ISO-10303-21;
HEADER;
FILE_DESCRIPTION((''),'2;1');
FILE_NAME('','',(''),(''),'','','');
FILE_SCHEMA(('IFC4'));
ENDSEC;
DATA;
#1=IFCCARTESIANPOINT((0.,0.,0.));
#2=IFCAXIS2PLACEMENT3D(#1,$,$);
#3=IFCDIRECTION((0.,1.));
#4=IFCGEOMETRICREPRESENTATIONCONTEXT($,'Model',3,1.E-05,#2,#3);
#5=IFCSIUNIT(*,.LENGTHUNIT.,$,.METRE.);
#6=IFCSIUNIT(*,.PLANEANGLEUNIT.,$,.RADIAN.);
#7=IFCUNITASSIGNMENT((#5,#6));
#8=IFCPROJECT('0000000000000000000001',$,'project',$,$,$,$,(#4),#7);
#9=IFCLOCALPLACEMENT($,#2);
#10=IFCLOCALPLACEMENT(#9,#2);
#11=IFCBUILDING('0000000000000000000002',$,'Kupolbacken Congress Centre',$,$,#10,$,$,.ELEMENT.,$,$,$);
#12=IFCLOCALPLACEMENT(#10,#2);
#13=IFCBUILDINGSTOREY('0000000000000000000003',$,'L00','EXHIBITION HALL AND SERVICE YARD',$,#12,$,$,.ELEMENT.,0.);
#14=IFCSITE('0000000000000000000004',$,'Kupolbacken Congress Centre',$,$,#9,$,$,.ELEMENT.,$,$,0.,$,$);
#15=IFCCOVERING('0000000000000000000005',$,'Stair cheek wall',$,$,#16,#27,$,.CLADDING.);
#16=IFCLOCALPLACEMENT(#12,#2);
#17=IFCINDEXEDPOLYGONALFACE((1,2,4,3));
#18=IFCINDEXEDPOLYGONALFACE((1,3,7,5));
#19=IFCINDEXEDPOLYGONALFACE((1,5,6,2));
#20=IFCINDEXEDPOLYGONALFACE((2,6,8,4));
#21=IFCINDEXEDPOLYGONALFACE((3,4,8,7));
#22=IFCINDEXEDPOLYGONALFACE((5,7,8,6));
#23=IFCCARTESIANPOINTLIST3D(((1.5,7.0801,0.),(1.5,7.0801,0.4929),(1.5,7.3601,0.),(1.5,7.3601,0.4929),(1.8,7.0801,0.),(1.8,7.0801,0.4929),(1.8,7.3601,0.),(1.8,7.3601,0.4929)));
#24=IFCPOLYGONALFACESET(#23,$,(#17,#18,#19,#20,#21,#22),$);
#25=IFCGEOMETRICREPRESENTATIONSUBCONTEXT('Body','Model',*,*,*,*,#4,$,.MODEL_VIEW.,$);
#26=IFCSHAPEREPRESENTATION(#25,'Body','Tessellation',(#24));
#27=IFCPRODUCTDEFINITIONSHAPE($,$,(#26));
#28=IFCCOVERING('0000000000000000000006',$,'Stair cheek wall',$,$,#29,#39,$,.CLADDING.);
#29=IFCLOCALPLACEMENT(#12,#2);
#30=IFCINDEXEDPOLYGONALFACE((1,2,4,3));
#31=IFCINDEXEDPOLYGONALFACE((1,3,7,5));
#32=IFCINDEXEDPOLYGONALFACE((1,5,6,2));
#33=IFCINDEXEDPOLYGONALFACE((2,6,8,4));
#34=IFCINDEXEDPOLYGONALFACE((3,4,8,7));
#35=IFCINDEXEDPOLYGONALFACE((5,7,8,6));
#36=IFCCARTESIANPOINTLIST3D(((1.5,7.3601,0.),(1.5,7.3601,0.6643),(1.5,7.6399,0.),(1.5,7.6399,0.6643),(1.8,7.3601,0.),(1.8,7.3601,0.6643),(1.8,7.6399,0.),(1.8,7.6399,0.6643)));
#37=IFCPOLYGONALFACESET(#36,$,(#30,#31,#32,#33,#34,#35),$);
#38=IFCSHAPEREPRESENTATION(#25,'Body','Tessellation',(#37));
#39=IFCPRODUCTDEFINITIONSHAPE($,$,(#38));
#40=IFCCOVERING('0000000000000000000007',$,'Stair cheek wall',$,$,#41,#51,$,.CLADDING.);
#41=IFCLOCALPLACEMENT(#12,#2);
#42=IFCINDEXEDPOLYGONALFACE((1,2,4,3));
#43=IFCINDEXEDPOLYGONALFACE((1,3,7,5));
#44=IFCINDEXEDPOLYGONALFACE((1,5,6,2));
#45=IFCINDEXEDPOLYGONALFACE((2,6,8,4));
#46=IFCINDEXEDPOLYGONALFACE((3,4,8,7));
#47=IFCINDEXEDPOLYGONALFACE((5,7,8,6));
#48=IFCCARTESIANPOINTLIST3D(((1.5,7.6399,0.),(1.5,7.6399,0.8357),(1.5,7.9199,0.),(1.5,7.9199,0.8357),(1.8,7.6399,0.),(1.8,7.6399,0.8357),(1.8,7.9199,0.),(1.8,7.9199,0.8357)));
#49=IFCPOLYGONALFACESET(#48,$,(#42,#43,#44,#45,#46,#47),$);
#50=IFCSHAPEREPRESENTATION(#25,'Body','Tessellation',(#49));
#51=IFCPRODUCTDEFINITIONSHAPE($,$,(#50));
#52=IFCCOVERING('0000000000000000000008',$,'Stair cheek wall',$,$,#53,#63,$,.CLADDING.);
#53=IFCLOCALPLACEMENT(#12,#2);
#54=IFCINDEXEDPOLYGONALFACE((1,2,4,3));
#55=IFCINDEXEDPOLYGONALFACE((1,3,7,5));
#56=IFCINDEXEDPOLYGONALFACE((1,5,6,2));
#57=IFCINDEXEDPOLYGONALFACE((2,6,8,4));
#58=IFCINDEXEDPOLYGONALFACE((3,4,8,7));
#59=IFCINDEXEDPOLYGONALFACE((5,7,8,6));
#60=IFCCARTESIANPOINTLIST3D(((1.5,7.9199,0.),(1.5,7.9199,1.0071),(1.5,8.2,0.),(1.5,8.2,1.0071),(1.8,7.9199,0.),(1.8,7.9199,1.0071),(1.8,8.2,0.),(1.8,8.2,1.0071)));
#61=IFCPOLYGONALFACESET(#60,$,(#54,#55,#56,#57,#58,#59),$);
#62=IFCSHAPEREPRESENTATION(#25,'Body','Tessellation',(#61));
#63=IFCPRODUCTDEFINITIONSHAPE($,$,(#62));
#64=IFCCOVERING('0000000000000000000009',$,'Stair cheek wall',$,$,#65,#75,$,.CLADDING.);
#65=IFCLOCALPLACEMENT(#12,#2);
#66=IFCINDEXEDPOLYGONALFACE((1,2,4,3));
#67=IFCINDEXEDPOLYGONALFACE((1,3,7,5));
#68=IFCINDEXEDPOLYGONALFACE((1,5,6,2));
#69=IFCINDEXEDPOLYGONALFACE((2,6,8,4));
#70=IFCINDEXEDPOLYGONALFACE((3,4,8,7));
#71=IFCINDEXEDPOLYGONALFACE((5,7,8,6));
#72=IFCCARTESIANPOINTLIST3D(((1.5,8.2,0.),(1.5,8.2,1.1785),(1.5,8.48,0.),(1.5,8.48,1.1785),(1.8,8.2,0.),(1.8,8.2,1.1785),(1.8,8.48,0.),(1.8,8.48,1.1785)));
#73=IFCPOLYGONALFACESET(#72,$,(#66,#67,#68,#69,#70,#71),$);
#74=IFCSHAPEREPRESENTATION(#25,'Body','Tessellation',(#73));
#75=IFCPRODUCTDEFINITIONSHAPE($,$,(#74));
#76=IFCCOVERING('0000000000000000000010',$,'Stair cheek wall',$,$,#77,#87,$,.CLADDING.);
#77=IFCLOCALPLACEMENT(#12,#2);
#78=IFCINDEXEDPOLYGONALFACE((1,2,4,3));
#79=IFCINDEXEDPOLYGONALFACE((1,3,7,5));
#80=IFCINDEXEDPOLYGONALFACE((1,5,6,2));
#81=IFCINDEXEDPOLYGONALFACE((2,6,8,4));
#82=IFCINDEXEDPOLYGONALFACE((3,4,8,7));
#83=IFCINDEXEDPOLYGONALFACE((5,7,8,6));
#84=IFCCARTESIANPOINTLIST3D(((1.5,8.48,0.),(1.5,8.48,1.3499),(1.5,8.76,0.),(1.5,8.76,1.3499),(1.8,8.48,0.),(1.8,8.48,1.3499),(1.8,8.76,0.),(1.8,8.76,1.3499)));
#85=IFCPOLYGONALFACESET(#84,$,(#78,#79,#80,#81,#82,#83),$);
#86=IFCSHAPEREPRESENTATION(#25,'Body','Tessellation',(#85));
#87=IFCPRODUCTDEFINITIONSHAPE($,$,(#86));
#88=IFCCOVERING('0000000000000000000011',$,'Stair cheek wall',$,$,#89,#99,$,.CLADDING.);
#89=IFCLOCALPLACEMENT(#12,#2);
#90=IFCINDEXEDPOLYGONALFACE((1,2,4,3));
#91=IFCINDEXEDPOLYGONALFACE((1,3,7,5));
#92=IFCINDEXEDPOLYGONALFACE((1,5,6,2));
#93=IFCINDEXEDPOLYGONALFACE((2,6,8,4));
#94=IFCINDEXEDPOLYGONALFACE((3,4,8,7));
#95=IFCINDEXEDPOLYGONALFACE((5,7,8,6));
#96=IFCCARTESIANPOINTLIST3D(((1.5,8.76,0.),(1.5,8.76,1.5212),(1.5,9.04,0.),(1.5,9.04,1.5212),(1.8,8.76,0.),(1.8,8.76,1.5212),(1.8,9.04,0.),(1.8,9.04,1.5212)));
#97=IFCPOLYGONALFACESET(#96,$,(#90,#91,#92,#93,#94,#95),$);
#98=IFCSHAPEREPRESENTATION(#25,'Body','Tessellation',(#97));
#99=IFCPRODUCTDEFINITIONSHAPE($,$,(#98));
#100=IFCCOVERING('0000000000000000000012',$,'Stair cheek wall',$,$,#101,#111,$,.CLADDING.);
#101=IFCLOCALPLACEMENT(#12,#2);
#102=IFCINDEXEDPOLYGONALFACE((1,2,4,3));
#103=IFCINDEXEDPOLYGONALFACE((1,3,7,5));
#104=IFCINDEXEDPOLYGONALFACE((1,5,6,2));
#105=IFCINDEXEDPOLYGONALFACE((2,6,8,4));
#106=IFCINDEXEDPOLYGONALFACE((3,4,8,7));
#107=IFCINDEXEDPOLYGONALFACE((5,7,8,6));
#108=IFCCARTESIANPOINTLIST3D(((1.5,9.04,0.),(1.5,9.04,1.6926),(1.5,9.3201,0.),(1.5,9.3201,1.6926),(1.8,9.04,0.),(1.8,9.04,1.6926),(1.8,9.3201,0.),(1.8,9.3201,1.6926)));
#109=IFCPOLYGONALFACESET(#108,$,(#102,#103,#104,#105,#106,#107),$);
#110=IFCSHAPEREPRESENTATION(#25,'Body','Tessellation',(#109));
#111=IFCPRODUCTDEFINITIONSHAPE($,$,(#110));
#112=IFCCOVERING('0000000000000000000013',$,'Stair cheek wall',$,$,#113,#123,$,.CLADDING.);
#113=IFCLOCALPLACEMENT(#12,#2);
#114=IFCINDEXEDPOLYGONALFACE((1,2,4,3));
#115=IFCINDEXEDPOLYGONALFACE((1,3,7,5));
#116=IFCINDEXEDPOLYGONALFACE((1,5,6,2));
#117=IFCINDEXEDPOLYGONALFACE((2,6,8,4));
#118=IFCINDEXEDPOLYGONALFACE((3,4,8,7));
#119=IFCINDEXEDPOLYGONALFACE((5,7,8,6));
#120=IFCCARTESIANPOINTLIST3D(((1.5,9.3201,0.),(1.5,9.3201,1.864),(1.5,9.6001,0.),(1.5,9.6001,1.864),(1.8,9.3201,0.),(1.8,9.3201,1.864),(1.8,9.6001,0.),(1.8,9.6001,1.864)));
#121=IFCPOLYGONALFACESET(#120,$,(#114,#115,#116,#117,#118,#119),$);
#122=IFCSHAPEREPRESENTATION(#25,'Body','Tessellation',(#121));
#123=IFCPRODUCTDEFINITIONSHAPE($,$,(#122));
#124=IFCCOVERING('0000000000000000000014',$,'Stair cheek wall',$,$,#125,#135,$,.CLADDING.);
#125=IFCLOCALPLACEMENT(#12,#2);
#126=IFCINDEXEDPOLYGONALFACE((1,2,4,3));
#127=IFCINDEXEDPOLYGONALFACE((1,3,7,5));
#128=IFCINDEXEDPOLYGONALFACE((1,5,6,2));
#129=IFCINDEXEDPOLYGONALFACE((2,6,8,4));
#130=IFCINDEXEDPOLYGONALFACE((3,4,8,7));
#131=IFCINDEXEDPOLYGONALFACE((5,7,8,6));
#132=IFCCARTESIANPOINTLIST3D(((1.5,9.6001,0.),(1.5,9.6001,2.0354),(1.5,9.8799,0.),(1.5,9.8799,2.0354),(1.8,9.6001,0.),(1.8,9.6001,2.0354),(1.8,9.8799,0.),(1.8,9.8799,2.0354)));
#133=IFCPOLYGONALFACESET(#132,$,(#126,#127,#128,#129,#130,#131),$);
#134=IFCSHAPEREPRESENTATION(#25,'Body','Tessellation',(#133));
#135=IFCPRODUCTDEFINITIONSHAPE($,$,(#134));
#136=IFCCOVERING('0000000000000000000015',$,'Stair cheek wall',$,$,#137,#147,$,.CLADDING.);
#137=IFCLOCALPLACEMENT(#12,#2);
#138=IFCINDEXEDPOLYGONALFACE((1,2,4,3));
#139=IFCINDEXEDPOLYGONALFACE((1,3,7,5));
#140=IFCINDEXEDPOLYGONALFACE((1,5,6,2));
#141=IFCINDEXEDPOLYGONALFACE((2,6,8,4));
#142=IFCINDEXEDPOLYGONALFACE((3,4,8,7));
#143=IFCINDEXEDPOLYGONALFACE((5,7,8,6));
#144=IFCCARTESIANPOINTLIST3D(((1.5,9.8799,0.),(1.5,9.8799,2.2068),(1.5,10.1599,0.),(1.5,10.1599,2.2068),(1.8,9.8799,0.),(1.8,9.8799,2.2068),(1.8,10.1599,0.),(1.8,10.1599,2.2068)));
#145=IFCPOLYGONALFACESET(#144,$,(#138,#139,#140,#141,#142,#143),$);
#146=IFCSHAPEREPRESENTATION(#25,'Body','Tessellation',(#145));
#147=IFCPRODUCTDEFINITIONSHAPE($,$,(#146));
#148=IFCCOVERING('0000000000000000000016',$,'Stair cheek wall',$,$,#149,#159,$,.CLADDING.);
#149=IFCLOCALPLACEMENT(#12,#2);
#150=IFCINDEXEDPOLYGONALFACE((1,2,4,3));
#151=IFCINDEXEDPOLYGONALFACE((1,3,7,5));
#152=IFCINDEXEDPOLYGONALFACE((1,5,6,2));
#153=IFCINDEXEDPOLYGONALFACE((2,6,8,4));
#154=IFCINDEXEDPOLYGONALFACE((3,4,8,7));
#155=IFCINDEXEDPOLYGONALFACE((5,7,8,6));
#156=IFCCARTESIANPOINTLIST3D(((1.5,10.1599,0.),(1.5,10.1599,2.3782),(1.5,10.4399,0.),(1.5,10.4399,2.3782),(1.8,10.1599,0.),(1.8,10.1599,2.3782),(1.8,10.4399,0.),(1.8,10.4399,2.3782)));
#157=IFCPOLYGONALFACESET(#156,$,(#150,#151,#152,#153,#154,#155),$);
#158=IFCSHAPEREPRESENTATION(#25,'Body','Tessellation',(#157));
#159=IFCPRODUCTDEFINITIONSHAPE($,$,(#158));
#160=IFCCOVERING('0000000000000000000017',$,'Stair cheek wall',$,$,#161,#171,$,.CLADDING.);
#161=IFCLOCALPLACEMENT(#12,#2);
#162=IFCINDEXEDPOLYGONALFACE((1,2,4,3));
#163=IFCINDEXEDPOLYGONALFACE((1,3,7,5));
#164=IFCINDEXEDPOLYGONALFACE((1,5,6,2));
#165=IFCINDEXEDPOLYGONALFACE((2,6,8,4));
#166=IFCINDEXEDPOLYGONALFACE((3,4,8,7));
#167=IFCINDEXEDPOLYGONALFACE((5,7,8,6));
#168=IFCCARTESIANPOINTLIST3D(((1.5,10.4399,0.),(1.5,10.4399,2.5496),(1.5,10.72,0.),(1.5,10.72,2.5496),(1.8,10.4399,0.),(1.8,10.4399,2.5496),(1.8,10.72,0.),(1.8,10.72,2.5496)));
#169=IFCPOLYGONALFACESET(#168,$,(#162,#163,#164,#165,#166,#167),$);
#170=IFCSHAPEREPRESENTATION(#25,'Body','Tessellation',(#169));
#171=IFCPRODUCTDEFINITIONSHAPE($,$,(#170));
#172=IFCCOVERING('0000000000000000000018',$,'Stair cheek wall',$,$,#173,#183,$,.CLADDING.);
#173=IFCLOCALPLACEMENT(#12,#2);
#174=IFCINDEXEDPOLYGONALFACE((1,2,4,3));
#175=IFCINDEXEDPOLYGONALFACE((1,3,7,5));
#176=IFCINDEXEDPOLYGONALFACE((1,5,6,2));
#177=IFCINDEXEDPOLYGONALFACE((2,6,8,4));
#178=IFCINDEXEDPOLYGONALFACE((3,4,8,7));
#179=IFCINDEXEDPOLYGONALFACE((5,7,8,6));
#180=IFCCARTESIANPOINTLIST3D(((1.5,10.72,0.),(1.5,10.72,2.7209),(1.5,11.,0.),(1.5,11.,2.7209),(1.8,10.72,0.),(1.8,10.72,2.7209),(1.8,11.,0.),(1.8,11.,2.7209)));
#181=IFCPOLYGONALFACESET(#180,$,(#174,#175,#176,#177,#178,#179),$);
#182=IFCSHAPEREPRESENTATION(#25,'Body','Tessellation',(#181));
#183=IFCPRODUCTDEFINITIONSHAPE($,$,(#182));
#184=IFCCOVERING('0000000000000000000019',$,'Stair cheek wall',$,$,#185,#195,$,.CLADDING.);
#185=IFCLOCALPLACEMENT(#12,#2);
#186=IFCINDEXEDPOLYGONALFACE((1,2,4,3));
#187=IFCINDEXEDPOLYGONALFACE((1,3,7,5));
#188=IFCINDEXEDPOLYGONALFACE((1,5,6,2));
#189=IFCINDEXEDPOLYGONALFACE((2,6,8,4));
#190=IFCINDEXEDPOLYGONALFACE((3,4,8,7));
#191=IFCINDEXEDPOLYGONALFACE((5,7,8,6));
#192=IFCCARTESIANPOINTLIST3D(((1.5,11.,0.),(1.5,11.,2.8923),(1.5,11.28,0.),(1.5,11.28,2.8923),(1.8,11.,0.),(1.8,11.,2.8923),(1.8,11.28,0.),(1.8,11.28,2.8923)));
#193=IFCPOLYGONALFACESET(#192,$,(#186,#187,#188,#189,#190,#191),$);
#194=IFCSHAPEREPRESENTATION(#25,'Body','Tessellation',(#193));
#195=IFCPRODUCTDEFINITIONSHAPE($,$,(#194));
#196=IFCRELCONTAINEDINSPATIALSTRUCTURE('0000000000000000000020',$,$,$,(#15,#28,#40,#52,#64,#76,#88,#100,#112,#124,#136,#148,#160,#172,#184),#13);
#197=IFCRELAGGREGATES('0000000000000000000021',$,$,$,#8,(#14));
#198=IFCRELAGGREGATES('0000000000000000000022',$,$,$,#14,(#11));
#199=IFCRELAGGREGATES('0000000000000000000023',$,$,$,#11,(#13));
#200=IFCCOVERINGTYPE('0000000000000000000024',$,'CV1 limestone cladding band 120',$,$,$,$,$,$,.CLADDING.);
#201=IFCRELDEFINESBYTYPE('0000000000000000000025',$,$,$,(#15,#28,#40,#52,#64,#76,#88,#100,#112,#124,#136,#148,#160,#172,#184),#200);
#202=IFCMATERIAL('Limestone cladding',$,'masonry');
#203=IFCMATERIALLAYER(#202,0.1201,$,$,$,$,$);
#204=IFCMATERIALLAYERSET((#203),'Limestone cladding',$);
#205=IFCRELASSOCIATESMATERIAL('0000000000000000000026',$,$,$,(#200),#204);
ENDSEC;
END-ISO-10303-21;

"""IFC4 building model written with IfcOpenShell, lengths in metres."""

from ifc_helpers import new_model, si_unit, direction, origin, place, context, subcontext, project, spatial, polyline, outline, extrude, material, layer, layer_set, type_object, element, save


model = new_model("IFC4")

# Units and contexts
model_context = context("Model", 3, precision=1e-05, world=origin(), true_north=direction((0.0, 1.0)))
body_context = subcontext(model_context, "Body", "Model", "MODEL_VIEW")
ifc_project = project(units=[si_unit("LENGTHUNIT", "METRE"), si_unit("PLANEANGLEUNIT", "RADIAN")], contexts=[model_context])

# Site, building, storey
site_placement = place(None, origin())
site = spatial("IfcSite", under=ifc_project, at=site_placement, Name="Kupolbacken Congress Centre", CompositionType="ELEMENT", RefElevation=0.0)
building_placement = place(site_placement, origin())
building = spatial("IfcBuilding", under=site, at=building_placement, Name="Kupolbacken Congress Centre", CompositionType="ELEMENT")
storey_placement = place(building_placement, origin())
storey = spatial("IfcBuildingStorey", under=building, at=storey_placement, Name="L00", Description="EXHIBITION HALL AND SERVICE YARD", CompositionType="ELEMENT", Elevation=0.0)

# Coverings
ifc_material = material(Name="Limestone cladding", Category="masonry")
ifc_layer = layer(ifc_material, 0.1201)
ifc_layer_set = layer_set([ifc_layer], Name="Limestone cladding")
covering_type = type_object("IfcCoveringType", Name="CV1 limestone cladding band 120", PredefinedType="CLADDING", material=ifc_layer_set)
covering_1_placement = place(storey_placement, origin())
element("IfcCovering", 1, at=covering_1_placement, inside=storey, type_object=covering_type, Name="Stair cheek wall", PredefinedType="CLADDING", context=body_context, shape_type="SweptSolid", body=[
    extrude(outline(polyline([(1.8, 7.0801), (1.8, 7.3601), (1.5, 7.3601), (1.5, 7.0801), (1.8, 7.0801)])), origin(), (0.0, 0.0, 1.0), 0.4929),
])
covering_2_placement = place(storey_placement, origin())
element("IfcCovering", 2, at=covering_2_placement, inside=storey, type_object=covering_type, Name="Stair cheek wall", PredefinedType="CLADDING", context=body_context, shape_type="SweptSolid", body=[
    extrude(outline(polyline([(1.8, 7.3601), (1.8, 7.6399), (1.5, 7.6399), (1.5, 7.3601), (1.8, 7.3601)])), origin(), (0.0, 0.0, 1.0), 0.6643),
])
covering_3_placement = place(storey_placement, origin())
element("IfcCovering", 3, at=covering_3_placement, inside=storey, type_object=covering_type, Name="Stair cheek wall", PredefinedType="CLADDING", context=body_context, shape_type="SweptSolid", body=[
    extrude(outline(polyline([(1.8, 7.6399), (1.8, 7.9199), (1.5, 7.9199), (1.5, 7.6399), (1.8, 7.6399)])), origin(), (0.0, 0.0, 1.0), 0.8357),
])
covering_4_placement = place(storey_placement, origin())
element("IfcCovering", 4, at=covering_4_placement, inside=storey, type_object=covering_type, Name="Stair cheek wall", PredefinedType="CLADDING", context=body_context, shape_type="SweptSolid", body=[
    extrude(outline(polyline([(1.8, 7.9199), (1.8, 8.2), (1.5, 8.2), (1.5, 7.9199), (1.8, 7.9199)])), origin(), (0.0, 0.0, 1.0), 1.0071),
])
covering_5_placement = place(storey_placement, origin())
element("IfcCovering", 5, at=covering_5_placement, inside=storey, type_object=covering_type, Name="Stair cheek wall", PredefinedType="CLADDING", context=body_context, shape_type="SweptSolid", body=[
    extrude(outline(polyline([(1.8, 8.2), (1.8, 8.48), (1.5, 8.48), (1.5, 8.2), (1.8, 8.2)])), origin(), (0.0, 0.0, 1.0), 1.1785),
])
covering_6_placement = place(storey_placement, origin())
element("IfcCovering", 6, at=covering_6_placement, inside=storey, type_object=covering_type, Name="Stair cheek wall", PredefinedType="CLADDING", context=body_context, shape_type="SweptSolid", body=[
    extrude(outline(polyline([(1.8, 8.48), (1.8, 8.76), (1.5, 8.76), (1.5, 8.48), (1.8, 8.48)])), origin(), (0.0, 0.0, 1.0), 1.3499),
])
covering_7_placement = place(storey_placement, origin())
element("IfcCovering", 7, at=covering_7_placement, inside=storey, type_object=covering_type, Name="Stair cheek wall", PredefinedType="CLADDING", context=body_context, shape_type="SweptSolid", body=[
    extrude(outline(polyline([(1.8, 8.76), (1.8, 9.04), (1.5, 9.04), (1.5, 8.76), (1.8, 8.76)])), origin(), (0.0, 0.0, 1.0), 1.5212),
])
covering_8_placement = place(storey_placement, origin())
element("IfcCovering", 8, at=covering_8_placement, inside=storey, type_object=covering_type, Name="Stair cheek wall", PredefinedType="CLADDING", context=body_context, shape_type="SweptSolid", body=[
    extrude(outline(polyline([(1.8, 9.04), (1.8, 9.3201), (1.5, 9.3201), (1.5, 9.04), (1.8, 9.04)])), origin(), (0.0, 0.0, 1.0), 1.6926),
])
covering_9_placement = place(storey_placement, origin())
element("IfcCovering", 9, at=covering_9_placement, inside=storey, type_object=covering_type, Name="Stair cheek wall", PredefinedType="CLADDING", context=body_context, shape_type="SweptSolid", body=[
    extrude(outline(polyline([(1.8, 9.3201), (1.8, 9.6001), (1.5, 9.6001), (1.5, 9.3201), (1.8, 9.3201)])), origin(), (0.0, 0.0, 1.0), 1.864),
])
covering_10_placement = place(storey_placement, origin())
element("IfcCovering", 10, at=covering_10_placement, inside=storey, type_object=covering_type, Name="Stair cheek wall", PredefinedType="CLADDING", context=body_context, shape_type="SweptSolid", body=[
    extrude(outline(polyline([(1.8, 9.6001), (1.8, 9.8799), (1.5, 9.8799), (1.5, 9.6001), (1.8, 9.6001)])), origin(), (0.0, 0.0, 1.0), 2.0354),
])
covering_11_placement = place(storey_placement, origin())
element("IfcCovering", 11, at=covering_11_placement, inside=storey, type_object=covering_type, Name="Stair cheek wall", PredefinedType="CLADDING", context=body_context, shape_type="SweptSolid", body=[
    extrude(outline(polyline([(1.8, 9.8799), (1.8, 10.1599), (1.5, 10.1599), (1.5, 9.8799), (1.8, 9.8799)])), origin(), (0.0, 0.0, 1.0), 2.2068),
])
covering_12_placement = place(storey_placement, origin())
element("IfcCovering", 12, at=covering_12_placement, inside=storey, type_object=covering_type, Name="Stair cheek wall", PredefinedType="CLADDING", context=body_context, shape_type="SweptSolid", body=[
    extrude(outline(polyline([(1.8, 10.1599), (1.8, 10.4399), (1.5, 10.4399), (1.5, 10.1599), (1.8, 10.1599)])), origin(), (0.0, 0.0, 1.0), 2.3782),
])
covering_13_placement = place(storey_placement, origin())
element("IfcCovering", 13, at=covering_13_placement, inside=storey, type_object=covering_type, Name="Stair cheek wall", PredefinedType="CLADDING", context=body_context, shape_type="SweptSolid", body=[
    extrude(outline(polyline([(1.8, 10.4399), (1.8, 10.72), (1.5, 10.72), (1.5, 10.4399), (1.8, 10.4399)])), origin(), (0.0, 0.0, 1.0), 2.5496),
])
covering_14_placement = place(storey_placement, origin())
element("IfcCovering", 14, at=covering_14_placement, inside=storey, type_object=covering_type, Name="Stair cheek wall", PredefinedType="CLADDING", context=body_context, shape_type="SweptSolid", body=[
    extrude(outline(polyline([(1.8, 10.72), (1.8, 11.0), (1.5, 11.0), (1.5, 10.72), (1.8, 10.72)])), origin(), (0.0, 0.0, 1.0), 2.7209),
])
covering_15_placement = place(storey_placement, origin())
element("IfcCovering", 15, at=covering_15_placement, inside=storey, type_object=covering_type, Name="Stair cheek wall", PredefinedType="CLADDING", context=body_context, shape_type="SweptSolid", body=[
    extrude(outline(polyline([(1.8, 11.0), (1.8, 11.28), (1.5, 11.28), (1.5, 11.0), (1.8, 11.0)])), origin(), (0.0, 0.0, 1.0), 2.8923),
])

save(model, "model.ifc")
